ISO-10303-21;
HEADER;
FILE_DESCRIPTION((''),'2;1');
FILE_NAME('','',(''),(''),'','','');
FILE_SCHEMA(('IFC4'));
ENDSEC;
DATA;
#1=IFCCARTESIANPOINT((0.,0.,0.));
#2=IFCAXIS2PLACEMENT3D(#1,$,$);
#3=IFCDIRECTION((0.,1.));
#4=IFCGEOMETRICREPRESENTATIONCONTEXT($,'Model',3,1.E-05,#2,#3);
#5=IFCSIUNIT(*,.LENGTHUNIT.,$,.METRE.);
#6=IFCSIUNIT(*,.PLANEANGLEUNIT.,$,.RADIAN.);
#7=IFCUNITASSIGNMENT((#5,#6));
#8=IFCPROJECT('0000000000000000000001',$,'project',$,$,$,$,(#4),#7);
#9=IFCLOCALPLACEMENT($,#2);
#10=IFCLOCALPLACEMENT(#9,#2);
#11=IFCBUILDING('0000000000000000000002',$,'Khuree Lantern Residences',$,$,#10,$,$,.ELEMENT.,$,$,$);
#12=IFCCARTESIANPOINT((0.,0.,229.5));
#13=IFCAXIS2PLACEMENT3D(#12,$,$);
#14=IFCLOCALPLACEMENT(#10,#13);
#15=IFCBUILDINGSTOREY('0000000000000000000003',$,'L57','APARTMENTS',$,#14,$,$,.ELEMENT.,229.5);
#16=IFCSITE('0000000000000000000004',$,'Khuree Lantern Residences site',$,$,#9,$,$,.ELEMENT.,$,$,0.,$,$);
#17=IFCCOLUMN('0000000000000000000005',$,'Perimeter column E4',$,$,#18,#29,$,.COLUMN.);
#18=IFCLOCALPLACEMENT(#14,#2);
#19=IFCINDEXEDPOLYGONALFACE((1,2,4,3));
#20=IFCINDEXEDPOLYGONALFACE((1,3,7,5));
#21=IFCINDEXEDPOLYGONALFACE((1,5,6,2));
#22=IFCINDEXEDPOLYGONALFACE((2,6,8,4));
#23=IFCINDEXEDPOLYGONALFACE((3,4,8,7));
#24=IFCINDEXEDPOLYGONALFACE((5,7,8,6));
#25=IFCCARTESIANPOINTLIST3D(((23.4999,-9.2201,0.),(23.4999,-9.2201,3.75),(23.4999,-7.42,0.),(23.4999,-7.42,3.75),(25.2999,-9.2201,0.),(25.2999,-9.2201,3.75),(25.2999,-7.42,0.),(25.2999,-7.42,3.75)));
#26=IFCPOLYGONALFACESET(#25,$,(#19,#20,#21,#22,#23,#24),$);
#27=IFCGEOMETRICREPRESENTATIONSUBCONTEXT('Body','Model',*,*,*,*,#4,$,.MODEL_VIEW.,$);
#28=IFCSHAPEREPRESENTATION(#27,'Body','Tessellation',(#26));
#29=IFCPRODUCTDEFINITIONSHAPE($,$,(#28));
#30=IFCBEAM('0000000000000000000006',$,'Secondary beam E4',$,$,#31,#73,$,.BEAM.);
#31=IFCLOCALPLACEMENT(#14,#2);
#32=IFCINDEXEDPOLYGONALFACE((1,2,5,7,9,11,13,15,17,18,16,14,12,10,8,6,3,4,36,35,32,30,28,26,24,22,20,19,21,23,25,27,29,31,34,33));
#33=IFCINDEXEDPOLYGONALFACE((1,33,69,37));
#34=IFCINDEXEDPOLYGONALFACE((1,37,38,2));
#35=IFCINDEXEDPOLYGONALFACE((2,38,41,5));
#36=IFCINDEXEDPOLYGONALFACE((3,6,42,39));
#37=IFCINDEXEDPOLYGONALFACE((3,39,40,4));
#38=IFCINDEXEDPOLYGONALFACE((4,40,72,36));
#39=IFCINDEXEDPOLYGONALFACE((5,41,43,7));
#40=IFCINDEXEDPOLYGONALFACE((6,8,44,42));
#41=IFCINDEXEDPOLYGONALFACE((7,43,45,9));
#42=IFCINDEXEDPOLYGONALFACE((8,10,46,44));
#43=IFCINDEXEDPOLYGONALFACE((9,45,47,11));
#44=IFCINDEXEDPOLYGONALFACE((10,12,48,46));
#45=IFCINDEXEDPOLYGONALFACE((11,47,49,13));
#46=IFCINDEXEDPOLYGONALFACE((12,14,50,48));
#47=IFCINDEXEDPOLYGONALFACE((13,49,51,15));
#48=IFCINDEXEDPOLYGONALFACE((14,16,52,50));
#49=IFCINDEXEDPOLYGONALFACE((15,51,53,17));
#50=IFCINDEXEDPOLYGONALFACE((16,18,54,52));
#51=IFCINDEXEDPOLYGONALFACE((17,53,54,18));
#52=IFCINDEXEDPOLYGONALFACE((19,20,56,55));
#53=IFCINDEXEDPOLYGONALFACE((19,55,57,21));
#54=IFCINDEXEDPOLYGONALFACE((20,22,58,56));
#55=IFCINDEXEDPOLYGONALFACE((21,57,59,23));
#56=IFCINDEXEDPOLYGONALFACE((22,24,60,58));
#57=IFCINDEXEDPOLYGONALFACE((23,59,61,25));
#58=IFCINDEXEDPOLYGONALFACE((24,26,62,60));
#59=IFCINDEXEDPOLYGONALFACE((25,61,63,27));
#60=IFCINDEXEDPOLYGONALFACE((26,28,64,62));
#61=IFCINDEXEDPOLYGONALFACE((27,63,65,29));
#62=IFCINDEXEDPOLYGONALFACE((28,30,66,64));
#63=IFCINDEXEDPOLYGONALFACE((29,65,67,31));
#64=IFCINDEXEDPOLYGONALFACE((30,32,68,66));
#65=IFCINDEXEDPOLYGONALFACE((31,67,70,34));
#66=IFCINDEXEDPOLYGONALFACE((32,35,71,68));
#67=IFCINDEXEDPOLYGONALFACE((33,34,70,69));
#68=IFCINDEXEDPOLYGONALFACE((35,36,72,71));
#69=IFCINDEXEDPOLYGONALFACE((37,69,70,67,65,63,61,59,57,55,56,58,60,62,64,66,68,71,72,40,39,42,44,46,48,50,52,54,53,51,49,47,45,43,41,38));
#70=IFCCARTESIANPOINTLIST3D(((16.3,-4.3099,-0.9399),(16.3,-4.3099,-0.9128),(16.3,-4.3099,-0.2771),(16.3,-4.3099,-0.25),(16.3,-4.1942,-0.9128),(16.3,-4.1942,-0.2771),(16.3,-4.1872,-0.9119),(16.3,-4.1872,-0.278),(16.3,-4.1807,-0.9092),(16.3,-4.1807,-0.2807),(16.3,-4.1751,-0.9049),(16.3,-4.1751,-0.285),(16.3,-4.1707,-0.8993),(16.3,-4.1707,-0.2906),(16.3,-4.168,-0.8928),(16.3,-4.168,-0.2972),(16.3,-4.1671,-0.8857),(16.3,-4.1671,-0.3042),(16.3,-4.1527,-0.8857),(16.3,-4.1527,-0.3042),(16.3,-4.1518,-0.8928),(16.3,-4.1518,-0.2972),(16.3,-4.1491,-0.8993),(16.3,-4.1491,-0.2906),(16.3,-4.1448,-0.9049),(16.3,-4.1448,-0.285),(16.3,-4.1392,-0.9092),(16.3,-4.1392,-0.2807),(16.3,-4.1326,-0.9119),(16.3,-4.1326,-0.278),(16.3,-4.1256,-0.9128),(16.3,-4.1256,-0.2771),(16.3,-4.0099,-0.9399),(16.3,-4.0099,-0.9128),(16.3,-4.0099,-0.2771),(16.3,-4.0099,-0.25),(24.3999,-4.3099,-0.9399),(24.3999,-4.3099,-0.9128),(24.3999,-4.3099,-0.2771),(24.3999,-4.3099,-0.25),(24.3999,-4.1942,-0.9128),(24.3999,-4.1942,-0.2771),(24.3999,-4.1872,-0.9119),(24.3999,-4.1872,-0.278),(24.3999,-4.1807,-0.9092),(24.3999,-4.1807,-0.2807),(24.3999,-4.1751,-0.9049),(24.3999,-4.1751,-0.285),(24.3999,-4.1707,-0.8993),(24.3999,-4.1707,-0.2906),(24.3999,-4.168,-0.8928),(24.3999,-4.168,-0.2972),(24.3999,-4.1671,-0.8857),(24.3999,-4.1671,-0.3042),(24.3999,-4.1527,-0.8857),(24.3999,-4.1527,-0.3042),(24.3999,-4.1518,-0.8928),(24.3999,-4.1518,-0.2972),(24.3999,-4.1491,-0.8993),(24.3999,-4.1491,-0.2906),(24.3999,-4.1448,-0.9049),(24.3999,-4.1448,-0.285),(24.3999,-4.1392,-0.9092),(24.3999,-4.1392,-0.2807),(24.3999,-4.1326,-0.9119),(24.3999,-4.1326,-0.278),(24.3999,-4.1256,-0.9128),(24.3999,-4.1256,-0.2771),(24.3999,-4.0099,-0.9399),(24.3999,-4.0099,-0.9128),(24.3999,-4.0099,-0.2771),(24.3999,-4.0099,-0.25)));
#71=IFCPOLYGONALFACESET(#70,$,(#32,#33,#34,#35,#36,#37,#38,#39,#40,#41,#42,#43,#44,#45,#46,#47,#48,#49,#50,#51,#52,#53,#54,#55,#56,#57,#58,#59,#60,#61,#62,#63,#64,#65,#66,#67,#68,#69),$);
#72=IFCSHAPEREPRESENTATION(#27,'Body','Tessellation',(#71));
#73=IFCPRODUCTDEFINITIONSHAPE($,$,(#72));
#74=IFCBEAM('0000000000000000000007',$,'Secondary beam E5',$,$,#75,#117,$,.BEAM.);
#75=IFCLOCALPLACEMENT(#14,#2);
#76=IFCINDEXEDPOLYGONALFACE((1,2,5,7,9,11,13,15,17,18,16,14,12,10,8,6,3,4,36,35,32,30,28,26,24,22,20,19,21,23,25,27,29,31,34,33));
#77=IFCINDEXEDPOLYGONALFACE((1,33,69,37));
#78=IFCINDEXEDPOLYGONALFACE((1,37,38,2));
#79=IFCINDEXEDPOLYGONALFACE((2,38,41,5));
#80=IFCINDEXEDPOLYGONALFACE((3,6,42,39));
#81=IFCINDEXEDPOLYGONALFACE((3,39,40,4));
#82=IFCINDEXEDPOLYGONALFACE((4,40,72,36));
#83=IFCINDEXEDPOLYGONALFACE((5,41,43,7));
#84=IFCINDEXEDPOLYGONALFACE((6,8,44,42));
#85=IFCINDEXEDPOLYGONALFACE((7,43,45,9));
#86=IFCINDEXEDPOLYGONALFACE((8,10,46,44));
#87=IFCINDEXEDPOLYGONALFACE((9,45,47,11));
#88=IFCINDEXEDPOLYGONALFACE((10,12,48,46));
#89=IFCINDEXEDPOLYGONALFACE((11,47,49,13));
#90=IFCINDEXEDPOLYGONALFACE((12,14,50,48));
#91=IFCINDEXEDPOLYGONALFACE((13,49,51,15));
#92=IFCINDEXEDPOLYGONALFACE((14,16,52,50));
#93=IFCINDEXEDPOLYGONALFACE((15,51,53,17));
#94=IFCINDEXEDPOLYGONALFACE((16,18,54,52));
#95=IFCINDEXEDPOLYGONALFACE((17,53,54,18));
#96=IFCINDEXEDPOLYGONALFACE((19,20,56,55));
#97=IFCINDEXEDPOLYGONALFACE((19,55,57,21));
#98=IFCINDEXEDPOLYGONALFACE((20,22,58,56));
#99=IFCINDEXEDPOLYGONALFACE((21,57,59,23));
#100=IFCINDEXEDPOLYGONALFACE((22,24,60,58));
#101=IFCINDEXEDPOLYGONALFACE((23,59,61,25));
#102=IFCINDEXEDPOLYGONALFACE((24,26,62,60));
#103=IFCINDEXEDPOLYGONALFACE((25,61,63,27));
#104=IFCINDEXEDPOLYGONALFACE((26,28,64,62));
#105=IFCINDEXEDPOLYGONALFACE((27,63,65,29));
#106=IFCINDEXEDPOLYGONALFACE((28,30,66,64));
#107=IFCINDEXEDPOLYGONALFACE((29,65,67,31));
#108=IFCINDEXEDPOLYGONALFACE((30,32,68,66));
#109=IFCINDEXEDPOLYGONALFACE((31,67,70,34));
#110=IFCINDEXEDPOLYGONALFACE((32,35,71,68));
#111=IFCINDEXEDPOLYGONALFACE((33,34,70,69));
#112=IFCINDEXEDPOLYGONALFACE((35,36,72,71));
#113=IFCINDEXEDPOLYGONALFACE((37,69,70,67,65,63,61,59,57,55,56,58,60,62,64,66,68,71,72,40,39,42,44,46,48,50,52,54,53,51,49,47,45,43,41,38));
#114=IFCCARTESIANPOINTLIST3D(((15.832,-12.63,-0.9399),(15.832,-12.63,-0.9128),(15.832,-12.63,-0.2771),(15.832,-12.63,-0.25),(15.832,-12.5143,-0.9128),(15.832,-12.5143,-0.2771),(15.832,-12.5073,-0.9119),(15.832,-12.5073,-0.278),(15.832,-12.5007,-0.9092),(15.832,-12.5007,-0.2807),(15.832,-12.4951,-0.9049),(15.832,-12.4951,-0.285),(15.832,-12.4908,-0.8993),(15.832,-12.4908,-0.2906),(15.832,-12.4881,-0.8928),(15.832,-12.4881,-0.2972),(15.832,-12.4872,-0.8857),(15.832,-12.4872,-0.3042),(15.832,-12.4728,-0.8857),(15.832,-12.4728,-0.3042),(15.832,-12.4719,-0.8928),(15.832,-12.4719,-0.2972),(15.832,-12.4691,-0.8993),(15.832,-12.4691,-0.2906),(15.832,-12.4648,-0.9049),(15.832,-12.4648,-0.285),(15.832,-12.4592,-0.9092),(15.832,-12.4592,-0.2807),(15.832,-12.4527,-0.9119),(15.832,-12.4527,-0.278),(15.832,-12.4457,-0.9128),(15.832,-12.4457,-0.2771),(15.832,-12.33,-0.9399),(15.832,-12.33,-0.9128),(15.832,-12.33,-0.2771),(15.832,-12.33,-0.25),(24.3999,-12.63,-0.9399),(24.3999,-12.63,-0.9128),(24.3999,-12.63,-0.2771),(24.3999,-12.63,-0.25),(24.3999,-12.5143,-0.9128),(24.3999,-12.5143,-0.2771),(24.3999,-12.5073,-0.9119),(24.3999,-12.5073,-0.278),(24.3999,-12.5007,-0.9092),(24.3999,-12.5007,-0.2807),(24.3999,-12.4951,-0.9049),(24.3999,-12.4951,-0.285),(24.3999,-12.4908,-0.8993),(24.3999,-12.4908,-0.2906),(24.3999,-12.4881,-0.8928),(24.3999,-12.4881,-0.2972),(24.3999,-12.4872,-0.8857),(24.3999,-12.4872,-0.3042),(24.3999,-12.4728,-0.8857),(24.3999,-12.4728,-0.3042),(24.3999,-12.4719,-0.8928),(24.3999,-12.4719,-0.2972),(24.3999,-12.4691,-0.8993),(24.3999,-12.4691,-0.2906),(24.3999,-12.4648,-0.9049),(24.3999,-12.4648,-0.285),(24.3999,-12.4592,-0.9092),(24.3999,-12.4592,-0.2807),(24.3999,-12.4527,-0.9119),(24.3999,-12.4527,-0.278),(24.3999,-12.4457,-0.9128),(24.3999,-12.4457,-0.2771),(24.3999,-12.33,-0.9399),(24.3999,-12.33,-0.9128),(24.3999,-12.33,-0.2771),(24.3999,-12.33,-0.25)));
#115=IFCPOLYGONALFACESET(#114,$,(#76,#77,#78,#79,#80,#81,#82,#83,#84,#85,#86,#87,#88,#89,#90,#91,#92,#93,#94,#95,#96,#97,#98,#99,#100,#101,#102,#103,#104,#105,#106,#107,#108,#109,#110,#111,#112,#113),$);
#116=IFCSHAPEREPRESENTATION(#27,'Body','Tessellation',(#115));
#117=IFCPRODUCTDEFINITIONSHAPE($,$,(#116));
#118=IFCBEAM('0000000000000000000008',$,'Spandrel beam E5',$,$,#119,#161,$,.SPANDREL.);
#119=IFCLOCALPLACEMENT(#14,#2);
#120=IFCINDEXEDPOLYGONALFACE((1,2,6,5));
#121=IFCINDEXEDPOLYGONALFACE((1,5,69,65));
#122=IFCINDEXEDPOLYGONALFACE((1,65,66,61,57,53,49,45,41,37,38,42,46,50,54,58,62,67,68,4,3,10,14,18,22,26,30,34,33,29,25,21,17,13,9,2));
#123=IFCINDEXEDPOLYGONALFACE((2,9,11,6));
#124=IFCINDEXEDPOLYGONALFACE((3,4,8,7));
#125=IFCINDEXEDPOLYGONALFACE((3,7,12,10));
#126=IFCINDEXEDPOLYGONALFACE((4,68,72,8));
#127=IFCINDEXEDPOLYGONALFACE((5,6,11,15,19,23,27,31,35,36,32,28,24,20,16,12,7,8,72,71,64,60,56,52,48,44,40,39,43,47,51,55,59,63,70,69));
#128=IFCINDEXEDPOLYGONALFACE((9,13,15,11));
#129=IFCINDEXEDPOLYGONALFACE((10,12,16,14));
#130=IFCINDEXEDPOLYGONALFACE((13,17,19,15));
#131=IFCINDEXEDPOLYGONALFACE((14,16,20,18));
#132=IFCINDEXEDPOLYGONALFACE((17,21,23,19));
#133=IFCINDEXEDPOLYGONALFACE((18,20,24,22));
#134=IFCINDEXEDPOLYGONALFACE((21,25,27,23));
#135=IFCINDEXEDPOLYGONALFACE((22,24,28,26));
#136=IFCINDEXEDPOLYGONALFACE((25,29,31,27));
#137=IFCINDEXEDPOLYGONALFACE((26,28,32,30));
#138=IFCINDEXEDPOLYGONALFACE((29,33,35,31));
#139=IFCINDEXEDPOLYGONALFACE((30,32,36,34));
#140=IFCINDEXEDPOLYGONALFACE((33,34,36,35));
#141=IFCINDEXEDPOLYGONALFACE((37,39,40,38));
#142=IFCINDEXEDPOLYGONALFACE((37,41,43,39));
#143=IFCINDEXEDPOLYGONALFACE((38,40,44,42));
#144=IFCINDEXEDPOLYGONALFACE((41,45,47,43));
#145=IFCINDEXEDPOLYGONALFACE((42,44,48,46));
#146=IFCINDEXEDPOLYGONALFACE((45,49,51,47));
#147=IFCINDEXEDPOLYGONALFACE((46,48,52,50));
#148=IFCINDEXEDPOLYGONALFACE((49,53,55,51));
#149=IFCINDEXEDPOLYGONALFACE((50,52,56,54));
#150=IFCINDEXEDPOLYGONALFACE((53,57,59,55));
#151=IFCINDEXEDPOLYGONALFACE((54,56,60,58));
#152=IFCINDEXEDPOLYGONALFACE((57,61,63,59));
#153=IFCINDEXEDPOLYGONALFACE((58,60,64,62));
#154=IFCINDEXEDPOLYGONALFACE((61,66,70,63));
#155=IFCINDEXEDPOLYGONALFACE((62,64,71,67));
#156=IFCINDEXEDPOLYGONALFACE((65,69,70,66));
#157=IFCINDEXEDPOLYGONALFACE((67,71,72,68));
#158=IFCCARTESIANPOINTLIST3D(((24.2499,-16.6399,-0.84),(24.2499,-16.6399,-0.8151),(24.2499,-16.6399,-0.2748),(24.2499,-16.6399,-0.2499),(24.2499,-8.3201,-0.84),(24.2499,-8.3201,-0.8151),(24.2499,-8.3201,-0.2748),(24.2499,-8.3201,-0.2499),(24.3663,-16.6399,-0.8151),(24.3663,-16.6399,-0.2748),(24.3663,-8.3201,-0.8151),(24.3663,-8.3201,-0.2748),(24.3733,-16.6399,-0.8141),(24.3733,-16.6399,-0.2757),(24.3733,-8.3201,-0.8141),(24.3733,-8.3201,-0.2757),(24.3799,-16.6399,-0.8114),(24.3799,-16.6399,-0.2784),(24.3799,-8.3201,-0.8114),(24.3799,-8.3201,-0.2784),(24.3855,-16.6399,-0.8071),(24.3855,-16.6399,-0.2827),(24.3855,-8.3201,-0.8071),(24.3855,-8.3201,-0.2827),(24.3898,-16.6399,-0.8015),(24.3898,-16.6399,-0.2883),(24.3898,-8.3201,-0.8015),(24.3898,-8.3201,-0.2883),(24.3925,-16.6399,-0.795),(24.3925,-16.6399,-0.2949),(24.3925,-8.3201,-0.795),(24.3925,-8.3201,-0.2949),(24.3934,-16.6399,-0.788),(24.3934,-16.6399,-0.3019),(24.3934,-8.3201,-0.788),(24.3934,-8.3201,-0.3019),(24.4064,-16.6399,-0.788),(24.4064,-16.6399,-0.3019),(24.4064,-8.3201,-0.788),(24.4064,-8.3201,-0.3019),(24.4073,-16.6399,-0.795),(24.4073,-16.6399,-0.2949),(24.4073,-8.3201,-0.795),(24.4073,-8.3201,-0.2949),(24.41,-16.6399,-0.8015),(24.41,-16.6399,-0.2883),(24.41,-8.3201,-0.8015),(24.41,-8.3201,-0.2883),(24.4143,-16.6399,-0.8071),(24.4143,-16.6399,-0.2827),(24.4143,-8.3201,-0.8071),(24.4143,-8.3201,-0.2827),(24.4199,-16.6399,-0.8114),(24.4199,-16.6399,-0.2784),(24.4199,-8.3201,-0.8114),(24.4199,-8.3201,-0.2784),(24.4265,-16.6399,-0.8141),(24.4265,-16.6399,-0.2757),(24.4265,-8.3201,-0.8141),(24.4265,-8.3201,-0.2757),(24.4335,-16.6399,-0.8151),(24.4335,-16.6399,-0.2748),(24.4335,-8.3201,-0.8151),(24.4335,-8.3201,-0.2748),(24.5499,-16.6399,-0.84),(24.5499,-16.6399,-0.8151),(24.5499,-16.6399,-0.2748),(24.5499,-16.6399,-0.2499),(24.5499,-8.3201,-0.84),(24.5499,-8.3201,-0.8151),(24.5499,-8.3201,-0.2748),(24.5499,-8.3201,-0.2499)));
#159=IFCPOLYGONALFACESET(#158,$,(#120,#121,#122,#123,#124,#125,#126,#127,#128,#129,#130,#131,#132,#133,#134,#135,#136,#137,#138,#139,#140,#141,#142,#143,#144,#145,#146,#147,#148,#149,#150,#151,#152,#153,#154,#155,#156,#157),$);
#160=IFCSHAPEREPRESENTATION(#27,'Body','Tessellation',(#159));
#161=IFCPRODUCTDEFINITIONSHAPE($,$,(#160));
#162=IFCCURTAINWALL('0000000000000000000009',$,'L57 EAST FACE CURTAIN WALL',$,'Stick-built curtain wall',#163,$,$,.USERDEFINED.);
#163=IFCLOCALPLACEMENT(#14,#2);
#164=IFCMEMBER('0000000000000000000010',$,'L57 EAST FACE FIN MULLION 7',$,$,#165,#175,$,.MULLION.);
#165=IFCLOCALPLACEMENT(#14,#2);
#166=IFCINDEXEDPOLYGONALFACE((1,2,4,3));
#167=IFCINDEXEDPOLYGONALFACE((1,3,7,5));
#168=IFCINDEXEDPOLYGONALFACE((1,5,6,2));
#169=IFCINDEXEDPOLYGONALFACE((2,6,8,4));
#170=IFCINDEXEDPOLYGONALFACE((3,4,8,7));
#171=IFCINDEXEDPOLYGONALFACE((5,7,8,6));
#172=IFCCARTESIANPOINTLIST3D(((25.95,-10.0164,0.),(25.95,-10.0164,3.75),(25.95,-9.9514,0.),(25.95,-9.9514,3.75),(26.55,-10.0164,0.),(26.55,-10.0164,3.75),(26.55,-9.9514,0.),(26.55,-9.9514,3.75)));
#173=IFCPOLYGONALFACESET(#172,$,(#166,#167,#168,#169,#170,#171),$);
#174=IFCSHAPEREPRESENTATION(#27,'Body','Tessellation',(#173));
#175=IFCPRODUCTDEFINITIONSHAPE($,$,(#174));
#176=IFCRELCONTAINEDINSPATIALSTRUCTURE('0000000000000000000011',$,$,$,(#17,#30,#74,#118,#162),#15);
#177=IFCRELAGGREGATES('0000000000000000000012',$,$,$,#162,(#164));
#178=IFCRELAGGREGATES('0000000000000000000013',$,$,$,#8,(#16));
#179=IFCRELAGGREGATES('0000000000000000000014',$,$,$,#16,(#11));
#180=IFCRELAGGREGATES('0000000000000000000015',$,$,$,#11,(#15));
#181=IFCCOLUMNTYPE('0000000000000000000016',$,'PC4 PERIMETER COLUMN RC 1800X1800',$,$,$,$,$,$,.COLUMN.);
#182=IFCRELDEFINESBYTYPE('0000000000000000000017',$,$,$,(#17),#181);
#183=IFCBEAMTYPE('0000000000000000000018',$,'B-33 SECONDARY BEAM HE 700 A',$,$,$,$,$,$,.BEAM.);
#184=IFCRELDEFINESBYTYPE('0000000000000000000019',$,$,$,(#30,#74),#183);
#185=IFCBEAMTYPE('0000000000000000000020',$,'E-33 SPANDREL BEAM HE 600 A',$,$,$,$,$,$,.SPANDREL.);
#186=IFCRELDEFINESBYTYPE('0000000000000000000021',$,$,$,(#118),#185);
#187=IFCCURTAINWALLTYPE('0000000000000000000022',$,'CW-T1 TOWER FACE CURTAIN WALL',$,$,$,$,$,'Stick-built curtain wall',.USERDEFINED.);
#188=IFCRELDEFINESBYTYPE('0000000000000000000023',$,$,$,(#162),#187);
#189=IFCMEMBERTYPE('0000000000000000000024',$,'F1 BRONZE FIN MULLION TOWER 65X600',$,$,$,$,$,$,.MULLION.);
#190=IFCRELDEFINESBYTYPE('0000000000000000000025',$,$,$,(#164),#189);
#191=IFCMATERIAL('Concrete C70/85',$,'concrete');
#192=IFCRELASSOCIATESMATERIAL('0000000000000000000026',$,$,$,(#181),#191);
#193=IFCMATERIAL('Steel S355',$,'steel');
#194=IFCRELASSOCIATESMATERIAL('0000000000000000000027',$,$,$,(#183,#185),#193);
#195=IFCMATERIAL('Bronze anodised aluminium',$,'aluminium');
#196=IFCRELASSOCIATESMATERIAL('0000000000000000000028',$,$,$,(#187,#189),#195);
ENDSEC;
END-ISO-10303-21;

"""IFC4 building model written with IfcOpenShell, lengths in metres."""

from ifc_helpers import new_model, si_unit, direction, frame, origin, origin_2d, place, context, subcontext, project, spatial, rectangle, i_section, extrude, material, material_profile, profile_set, type_object, element, aggregate, save


model = new_model("IFC4")

# Units and contexts
model_context = context("Model", 3, precision=1e-05, world=origin(), true_north=direction((0.0, 1.0)))
body_context = subcontext(model_context, "Body", "Model", "MODEL_VIEW")
ifc_project = project(units=[si_unit("LENGTHUNIT", "METRE"), si_unit("PLANEANGLEUNIT", "RADIAN")], contexts=[model_context])

# Site, building, storey
site_placement = place(None, origin())
site = spatial("IfcSite", under=ifc_project, at=site_placement, Name="Khuree Lantern Residences site", CompositionType="ELEMENT", RefElevation=0.0)
building_placement = place(site_placement, origin())
building = spatial("IfcBuilding", under=site, at=building_placement, Name="Khuree Lantern Residences", CompositionType="ELEMENT")
storey_placement = place(building_placement, frame((0.0, 0.0, 229.5)))
storey = spatial("IfcBuildingStorey", under=building, at=storey_placement, Name="L57", Description="APARTMENTS", CompositionType="ELEMENT", Elevation=229.5)

# Column
ifc_material_1 = material(Name="Concrete C70/85", Category="concrete")
ifc_material_profile_1 = material_profile(ifc_material_1, rectangle(XDim=1.8, YDim=1.8, at=origin_2d()), Name="RC 1800X1800")
ifc_profile_set_1 = profile_set([ifc_material_profile_1], Name="Concrete C70/85")
column_type = type_object("IfcColumnType", Name="PC4 PERIMETER COLUMN RC 1800X1800", PredefinedType="COLUMN", material=ifc_profile_set_1)
column_placement = place(storey_placement, frame((24.3999, -8.3201, 0.0), z_axis=(0.0, 0.0, 1.0), x_axis=(0.0, 1.0, 0.0)))
element("IfcColumn", 1, at=column_placement, inside=storey, type_object=column_type, Name="Perimeter column E4", PredefinedType="COLUMN", context=body_context, shape_type="SweptSolid", body=[
    extrude(rectangle(XDim=1.8, YDim=1.8, at=origin_2d()), origin(), (0.0, 0.0, 1.0), 3.75),
])

# Beams
ifc_material_2 = material(Name="Steel S355", Category="steel")
ifc_material_profile_2 = material_profile(ifc_material_2, i_section(OverallWidth=0.3, OverallDepth=0.6899, WebThickness=0.0144, FlangeThickness=0.0271, FilletRadius=0.0271, at=origin_2d()), Name="HE 700 A")
ifc_profile_set_2 = profile_set([ifc_material_profile_2], Name="Steel S355")
beam_type_1 = type_object("IfcBeamType", Name="B-33 SECONDARY BEAM HE 700 A", PredefinedType="BEAM", material=ifc_profile_set_2)
beam_1_placement = place(storey_placement, frame((24.3999, -4.1599, -0.595), z_axis=(-1.0, 0.0, 0.0), x_axis=(0.0, -1.0, 0.0)))
element("IfcBeam", 2, at=beam_1_placement, inside=storey, type_object=beam_type_1, Name="Secondary beam E4", PredefinedType="BEAM", context=body_context, shape_type="SweptSolid", body=[
    extrude(i_section(OverallWidth=0.3, OverallDepth=0.6899, WebThickness=0.0144, FlangeThickness=0.0271, FilletRadius=0.0271, at=origin_2d()), origin(), (0.0, 0.0, 1.0), 8.0999),
])
beam_2_placement = place(storey_placement, frame((24.3999, -12.48, -0.595), z_axis=(-1.0, 0.0, 0.0), x_axis=(0.0, -1.0, 0.0)))
element("IfcBeam", 3, at=beam_2_placement, inside=storey, type_object=beam_type_1, Name="Secondary beam E5", PredefinedType="BEAM", context=body_context, shape_type="SweptSolid", body=[
    extrude(i_section(OverallWidth=0.3, OverallDepth=0.6899, WebThickness=0.0144, FlangeThickness=0.0271, FilletRadius=0.0271, at=origin_2d()), origin(), (0.0, 0.0, 1.0), 8.5679),
])
ifc_material_profile_3 = material_profile(ifc_material_2, i_section(OverallWidth=0.3, OverallDepth=0.5901, WebThickness=0.0129, FlangeThickness=0.0249, FilletRadius=0.0271, at=origin_2d()), Name="HE 600 A")
ifc_profile_set_3 = profile_set([ifc_material_profile_3], Name="Steel S355")
beam_type_2 = type_object("IfcBeamType", Name="E-33 SPANDREL BEAM HE 600 A", PredefinedType="SPANDREL", material=ifc_profile_set_3)
beam_3_placement = place(storey_placement, frame((24.3999, -8.3201, -0.5449), z_axis=(0.0, -1.0, 0.0), x_axis=(1.0, 0.0, 0.0)))
element("IfcBeam", 4, at=beam_3_placement, inside=storey, type_object=beam_type_2, Name="Spandrel beam E5", PredefinedType="SPANDREL", context=body_context, shape_type="SweptSolid", body=[
    extrude(i_section(OverallWidth=0.3, OverallDepth=0.5901, WebThickness=0.0129, FlangeThickness=0.0249, FilletRadius=0.0271, at=origin_2d()), origin(), (0.0, 0.0, 1.0), 8.3198),
])

# Curtain wall, member
ifc_material_3 = material(Name="Bronze anodised aluminium", Category="aluminium")
curtain_wall_type = type_object("IfcCurtainWallType", Name="CW-T1 TOWER FACE CURTAIN WALL", ElementType="Stick-built curtain wall", PredefinedType="USERDEFINED", material=ifc_material_3)
curtain_wall_placement = place(storey_placement, origin())
curtain_wall = element("IfcCurtainWall", 5, at=curtain_wall_placement, inside=storey, type_object=curtain_wall_type, Name="L57 EAST FACE CURTAIN WALL", ObjectType="Stick-built curtain wall", PredefinedType="USERDEFINED")
ifc_material_profile_4 = material_profile(ifc_material_3, rectangle(XDim=0.0649, YDim=0.6001, at=origin_2d()), Name="F1 65X600")
ifc_profile_set_4 = profile_set([ifc_material_profile_4], Name="Bronze anodised aluminium")
member_type_1 = type_object("IfcMemberType", Name="F1 BRONZE FIN MULLION TOWER 65X600", PredefinedType="MULLION", material=ifc_profile_set_4)
member_1_placement = place(storey_placement, frame((26.25, -9.9839, 0.0), z_axis=(0.0, 0.0, 1.0), x_axis=(0.0, 1.0, 0.0)))
member_1 = element("IfcMember", 6, at=member_1_placement, type_object=member_type_1, Name="L57 EAST FACE FIN MULLION 7", PredefinedType="MULLION", context=body_context, shape_type="SweptSolid", body=[
    extrude(rectangle(XDim=0.0649, YDim=0.6001, at=origin_2d()), origin(), (0.0, 0.0, 1.0), 3.75),
])

aggregate(curtain_wall, [member_1])

save(model, "model.ifc")
